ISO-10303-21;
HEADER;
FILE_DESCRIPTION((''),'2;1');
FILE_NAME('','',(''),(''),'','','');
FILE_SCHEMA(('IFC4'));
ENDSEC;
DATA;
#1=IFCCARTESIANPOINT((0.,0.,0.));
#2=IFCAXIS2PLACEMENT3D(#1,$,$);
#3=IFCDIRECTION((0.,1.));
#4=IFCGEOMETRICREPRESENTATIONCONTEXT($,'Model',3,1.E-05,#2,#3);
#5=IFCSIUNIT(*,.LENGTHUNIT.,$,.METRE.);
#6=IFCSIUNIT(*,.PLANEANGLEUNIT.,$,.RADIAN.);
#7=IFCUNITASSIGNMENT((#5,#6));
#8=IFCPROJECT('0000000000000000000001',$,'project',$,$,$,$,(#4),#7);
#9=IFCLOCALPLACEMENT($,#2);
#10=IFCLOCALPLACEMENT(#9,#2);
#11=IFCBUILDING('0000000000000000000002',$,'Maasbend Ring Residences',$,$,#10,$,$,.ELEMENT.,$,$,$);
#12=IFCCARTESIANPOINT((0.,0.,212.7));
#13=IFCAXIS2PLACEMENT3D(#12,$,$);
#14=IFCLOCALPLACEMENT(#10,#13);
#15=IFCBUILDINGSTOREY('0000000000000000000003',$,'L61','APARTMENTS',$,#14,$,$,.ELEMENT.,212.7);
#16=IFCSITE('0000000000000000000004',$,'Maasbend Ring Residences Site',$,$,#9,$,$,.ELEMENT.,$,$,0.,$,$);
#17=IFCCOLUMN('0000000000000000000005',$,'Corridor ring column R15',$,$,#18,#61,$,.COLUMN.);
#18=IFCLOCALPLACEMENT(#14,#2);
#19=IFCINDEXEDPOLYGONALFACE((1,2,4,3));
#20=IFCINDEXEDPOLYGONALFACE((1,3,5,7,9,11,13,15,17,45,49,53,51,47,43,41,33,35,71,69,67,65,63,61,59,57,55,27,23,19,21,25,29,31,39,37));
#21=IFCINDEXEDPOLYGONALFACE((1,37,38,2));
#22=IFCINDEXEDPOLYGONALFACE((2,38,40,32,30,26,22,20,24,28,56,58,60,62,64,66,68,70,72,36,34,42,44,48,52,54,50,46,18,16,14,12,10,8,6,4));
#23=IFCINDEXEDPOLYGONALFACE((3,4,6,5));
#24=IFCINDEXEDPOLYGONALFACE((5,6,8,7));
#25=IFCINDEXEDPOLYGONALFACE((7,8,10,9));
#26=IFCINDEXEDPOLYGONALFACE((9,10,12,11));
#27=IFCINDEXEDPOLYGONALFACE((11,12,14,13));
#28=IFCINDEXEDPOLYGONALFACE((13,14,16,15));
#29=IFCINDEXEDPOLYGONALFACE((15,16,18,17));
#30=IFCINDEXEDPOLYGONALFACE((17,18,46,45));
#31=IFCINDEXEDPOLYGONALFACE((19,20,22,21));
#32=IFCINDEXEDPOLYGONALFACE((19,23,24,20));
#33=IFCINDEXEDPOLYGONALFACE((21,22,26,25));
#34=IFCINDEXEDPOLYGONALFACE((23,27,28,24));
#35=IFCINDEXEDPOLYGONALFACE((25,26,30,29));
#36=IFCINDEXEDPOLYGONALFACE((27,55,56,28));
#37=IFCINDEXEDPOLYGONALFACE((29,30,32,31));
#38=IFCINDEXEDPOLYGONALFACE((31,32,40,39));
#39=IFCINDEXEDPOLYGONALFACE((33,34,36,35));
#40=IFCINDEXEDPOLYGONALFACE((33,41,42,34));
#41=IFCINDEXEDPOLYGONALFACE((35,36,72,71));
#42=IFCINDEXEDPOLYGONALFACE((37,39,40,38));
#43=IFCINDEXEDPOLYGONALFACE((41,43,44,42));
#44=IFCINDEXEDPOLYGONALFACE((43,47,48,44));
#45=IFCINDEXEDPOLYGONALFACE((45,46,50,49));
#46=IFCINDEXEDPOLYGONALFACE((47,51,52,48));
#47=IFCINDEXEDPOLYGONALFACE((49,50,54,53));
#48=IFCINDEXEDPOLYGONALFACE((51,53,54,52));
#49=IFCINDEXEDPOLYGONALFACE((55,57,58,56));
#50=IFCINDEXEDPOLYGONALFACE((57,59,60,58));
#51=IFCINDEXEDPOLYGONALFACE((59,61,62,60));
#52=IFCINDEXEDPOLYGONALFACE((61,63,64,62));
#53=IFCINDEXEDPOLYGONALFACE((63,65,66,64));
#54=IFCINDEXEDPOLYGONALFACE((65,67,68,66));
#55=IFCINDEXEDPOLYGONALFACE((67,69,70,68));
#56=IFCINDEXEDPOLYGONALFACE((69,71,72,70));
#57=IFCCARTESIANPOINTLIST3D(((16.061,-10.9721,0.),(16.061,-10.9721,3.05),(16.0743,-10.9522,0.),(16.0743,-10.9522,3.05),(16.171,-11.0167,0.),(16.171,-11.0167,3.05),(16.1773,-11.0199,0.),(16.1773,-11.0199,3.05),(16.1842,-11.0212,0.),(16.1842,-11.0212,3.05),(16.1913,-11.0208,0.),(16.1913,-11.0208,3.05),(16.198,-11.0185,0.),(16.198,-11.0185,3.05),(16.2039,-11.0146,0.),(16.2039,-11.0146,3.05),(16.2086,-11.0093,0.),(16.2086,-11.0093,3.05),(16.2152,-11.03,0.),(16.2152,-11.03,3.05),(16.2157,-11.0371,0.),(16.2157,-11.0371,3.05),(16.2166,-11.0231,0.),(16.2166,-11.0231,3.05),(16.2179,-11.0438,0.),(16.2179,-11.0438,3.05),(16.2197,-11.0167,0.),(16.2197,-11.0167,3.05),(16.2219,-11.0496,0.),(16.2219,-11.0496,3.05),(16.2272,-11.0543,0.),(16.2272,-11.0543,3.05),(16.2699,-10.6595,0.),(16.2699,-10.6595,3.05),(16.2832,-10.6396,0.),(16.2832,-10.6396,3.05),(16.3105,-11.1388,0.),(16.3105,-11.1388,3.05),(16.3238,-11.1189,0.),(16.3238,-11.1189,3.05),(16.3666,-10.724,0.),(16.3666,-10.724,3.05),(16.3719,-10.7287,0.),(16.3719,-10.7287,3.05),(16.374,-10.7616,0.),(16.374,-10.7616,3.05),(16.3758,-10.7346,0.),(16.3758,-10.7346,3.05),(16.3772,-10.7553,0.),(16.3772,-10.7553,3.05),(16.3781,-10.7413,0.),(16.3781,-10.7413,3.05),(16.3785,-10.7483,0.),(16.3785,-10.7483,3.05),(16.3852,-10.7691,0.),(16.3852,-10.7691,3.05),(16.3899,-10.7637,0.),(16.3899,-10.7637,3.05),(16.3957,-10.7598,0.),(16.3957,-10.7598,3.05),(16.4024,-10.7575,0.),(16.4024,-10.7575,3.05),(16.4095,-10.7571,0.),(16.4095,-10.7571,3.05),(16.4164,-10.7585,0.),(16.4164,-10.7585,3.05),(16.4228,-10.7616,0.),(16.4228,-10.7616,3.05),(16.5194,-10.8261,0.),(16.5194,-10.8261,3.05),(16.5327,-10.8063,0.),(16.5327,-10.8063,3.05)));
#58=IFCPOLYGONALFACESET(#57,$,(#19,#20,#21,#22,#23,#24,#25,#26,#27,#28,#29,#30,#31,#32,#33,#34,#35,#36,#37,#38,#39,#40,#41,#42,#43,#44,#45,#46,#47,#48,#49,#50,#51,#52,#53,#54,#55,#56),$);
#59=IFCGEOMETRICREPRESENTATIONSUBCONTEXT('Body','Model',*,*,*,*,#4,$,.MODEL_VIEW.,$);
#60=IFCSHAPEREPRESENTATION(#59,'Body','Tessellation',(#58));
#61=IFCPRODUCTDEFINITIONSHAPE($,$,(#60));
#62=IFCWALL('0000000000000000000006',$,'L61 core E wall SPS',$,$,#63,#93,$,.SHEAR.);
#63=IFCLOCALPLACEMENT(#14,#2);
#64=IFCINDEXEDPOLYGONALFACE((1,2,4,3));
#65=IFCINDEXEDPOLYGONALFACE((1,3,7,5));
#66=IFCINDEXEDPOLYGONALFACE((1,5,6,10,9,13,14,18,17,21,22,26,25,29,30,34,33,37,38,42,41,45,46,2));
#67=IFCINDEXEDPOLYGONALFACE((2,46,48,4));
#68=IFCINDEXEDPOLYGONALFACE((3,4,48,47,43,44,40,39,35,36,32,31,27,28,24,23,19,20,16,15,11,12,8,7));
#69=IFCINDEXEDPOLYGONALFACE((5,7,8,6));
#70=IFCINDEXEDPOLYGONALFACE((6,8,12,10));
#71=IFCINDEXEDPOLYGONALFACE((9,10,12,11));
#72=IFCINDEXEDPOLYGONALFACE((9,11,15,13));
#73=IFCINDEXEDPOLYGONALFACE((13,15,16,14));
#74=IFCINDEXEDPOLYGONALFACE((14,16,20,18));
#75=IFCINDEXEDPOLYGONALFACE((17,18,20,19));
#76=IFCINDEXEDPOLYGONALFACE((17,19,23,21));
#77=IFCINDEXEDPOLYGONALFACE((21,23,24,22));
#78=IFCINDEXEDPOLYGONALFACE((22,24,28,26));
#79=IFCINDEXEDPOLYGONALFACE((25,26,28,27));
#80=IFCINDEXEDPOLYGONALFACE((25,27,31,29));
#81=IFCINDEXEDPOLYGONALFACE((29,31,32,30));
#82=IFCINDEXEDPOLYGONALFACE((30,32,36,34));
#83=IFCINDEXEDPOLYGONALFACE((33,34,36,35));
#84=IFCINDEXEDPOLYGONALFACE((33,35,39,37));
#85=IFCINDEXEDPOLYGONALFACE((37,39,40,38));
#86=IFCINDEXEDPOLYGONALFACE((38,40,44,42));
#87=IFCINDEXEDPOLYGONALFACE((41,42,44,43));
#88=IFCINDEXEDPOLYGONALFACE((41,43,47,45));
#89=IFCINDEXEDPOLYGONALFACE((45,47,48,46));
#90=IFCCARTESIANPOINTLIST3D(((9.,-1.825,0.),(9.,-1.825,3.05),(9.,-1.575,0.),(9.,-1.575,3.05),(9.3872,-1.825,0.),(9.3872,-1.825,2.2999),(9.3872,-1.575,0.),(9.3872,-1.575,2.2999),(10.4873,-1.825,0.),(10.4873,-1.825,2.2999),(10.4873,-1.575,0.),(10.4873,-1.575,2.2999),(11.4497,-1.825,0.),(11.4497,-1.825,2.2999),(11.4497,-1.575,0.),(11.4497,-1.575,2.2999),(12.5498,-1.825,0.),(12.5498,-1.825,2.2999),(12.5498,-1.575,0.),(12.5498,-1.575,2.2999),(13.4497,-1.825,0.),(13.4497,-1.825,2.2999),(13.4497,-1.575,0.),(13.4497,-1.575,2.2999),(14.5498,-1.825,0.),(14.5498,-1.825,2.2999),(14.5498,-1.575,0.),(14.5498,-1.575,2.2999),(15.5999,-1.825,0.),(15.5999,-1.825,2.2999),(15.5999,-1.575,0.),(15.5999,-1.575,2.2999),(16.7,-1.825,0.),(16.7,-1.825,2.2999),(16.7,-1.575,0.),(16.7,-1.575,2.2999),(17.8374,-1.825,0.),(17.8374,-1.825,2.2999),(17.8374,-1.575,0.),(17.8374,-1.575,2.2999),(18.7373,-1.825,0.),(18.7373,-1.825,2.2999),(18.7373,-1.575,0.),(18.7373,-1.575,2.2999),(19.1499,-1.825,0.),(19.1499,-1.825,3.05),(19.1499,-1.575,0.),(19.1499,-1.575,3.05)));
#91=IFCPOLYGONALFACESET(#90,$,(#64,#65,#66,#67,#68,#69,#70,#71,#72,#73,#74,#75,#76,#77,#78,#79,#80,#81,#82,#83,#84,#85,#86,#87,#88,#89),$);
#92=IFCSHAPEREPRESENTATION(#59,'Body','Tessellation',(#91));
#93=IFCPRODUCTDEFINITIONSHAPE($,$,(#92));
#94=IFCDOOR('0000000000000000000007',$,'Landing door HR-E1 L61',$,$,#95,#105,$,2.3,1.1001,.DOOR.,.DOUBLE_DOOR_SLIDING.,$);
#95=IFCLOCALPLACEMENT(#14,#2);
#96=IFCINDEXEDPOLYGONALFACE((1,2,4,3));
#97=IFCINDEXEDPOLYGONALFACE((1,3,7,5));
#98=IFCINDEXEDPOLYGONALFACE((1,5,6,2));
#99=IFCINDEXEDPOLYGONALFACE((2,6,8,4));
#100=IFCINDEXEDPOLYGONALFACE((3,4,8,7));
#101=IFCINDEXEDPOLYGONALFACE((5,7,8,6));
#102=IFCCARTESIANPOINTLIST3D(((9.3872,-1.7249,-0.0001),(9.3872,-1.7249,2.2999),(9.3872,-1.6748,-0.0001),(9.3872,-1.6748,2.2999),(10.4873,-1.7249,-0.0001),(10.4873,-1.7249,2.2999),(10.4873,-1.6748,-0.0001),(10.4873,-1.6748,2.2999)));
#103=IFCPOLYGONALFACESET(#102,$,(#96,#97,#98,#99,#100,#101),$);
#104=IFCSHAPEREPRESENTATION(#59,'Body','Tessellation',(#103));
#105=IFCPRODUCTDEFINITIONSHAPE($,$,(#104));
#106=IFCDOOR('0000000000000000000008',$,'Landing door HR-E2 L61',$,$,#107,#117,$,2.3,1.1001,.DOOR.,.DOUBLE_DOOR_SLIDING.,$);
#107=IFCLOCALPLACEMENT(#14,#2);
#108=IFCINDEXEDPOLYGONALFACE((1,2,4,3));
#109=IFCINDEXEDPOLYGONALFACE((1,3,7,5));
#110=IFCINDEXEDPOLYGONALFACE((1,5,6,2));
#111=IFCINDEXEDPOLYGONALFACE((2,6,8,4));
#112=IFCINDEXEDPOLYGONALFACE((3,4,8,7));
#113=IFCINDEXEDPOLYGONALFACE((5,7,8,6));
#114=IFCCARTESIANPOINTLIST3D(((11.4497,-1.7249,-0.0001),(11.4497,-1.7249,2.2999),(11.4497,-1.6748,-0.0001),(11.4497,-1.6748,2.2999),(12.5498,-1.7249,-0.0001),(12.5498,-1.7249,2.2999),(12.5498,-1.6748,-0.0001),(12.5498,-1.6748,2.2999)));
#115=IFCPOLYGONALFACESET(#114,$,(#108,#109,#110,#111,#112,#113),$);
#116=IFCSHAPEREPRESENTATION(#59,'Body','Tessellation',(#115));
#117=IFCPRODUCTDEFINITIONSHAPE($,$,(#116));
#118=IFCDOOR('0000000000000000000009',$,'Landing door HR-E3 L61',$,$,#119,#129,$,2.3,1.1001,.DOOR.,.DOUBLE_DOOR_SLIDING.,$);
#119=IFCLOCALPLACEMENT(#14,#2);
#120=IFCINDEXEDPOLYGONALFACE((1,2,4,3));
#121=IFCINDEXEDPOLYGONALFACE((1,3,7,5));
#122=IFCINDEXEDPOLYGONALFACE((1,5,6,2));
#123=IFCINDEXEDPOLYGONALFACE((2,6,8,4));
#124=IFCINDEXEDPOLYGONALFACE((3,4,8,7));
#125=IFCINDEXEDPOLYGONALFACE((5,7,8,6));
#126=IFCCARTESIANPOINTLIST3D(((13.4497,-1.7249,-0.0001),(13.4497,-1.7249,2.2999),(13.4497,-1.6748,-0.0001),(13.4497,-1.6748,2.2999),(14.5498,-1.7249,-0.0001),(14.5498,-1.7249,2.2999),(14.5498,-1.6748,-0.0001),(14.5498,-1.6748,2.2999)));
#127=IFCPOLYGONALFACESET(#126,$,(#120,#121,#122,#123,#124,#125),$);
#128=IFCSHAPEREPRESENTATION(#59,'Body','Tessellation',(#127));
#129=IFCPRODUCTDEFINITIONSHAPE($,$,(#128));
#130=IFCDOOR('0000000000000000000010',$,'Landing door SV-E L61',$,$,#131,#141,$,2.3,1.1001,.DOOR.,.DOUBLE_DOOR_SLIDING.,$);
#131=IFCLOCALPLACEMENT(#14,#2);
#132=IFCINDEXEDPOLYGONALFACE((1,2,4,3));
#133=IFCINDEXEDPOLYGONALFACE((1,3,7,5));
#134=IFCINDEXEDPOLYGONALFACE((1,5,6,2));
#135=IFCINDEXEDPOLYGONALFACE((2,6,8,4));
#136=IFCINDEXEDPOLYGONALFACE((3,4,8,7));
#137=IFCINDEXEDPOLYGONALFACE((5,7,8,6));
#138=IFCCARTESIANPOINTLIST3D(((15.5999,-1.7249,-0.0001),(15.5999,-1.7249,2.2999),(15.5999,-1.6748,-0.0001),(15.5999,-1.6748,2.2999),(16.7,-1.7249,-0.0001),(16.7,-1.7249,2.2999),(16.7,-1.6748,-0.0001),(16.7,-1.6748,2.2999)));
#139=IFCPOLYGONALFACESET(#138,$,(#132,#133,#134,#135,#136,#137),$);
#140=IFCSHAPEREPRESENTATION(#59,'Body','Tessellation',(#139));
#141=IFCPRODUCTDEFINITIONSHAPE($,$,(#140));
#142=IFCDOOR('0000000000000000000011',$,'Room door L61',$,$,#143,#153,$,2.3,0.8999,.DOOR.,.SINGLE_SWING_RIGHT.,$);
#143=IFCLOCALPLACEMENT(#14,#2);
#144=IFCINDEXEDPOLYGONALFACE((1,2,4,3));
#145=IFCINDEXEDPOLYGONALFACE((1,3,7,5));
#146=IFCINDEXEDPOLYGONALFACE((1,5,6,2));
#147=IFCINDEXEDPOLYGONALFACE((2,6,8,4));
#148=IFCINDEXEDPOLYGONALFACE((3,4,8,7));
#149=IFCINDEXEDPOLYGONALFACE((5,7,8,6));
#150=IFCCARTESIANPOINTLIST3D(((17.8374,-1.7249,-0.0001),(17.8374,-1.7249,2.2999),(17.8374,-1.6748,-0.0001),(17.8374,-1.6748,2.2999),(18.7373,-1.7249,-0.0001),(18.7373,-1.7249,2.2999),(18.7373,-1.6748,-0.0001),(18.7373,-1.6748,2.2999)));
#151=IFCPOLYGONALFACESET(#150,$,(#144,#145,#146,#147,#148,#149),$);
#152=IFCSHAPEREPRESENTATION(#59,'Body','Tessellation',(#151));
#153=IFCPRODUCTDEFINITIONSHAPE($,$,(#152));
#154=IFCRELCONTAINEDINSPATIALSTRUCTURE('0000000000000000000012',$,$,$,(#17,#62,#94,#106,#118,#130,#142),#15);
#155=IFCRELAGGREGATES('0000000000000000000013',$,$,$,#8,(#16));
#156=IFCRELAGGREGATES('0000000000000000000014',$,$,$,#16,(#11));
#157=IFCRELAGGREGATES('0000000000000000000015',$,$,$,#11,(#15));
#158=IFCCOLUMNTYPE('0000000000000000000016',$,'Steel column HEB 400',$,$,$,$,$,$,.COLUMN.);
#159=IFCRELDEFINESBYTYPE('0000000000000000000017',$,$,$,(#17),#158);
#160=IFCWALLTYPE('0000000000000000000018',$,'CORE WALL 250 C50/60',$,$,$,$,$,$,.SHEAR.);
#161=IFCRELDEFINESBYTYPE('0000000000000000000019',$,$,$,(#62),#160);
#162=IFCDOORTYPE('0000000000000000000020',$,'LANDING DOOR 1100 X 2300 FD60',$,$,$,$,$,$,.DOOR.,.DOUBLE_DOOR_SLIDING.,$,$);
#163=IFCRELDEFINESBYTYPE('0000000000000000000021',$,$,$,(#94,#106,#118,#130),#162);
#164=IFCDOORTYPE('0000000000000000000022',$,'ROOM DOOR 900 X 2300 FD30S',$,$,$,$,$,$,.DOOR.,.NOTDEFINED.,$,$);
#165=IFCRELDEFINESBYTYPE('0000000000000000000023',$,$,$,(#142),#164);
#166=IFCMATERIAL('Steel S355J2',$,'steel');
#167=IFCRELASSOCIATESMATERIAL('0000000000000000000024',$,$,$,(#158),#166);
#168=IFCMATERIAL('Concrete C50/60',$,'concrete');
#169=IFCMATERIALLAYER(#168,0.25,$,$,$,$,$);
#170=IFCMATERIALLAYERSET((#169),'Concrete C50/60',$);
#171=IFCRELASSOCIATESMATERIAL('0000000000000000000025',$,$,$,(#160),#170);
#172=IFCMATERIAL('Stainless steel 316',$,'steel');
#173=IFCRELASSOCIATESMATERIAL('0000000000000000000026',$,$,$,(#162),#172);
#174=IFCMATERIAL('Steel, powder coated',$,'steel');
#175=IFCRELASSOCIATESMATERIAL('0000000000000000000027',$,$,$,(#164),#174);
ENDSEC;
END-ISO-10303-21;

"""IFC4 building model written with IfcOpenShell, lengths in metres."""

from ifc_helpers import new_model, si_unit, direction, frame, frame_2d, origin, origin_2d, place, context, subcontext, project, spatial, rectangle, i_section, extrude, material, layer, layer_set, material_profile, profile_set, type_object, element, fill, save


model = new_model("IFC4")

# Units and contexts
model_context = context("Model", 3, precision=1e-05, world=origin(), true_north=direction((0.0, 1.0)))
body_context = subcontext(model_context, "Body", "Model", "MODEL_VIEW")
ifc_project = project(units=[si_unit("LENGTHUNIT", "METRE"), si_unit("PLANEANGLEUNIT", "RADIAN")], contexts=[model_context])

# Site, building, storey
site_placement = place(None, origin())
site = spatial("IfcSite", under=ifc_project, at=site_placement, Name="Maasbend Ring Residences Site", CompositionType="ELEMENT", RefElevation=0.0)
building_placement = place(site_placement, origin())
building = spatial("IfcBuilding", under=site, at=building_placement, Name="Maasbend Ring Residences", CompositionType="ELEMENT")
storey_placement = place(building_placement, frame((0.0, 0.0, 212.7)))
storey = spatial("IfcBuildingStorey", under=building, at=storey_placement, Name="L61", Description="APARTMENTS", CompositionType="ELEMENT", Elevation=212.7)

# Column
ifc_material_1 = material(Name="Steel S355J2", Category="steel")
ifc_material_profile = material_profile(ifc_material_1, i_section(OverallWidth=0.3, OverallDepth=0.3999, WebThickness=0.0134, FlangeThickness=0.0239, FilletRadius=0.0271, at=origin_2d()), Name="HEB 400")
ifc_profile_set = profile_set([ifc_material_profile], Name="Steel S355J2")
column_type = type_object("IfcColumnType", Name="Steel column HEB 400", PredefinedType="COLUMN", material=ifc_profile_set)
column_placement = place(storey_placement, frame((16.2969, -10.8892, 0.0), z_axis=(0.0, 0.0, 1.0), x_axis=(0.83147, -0.55557, 0.0)))
element("IfcColumn", 1, at=column_placement, inside=storey, type_object=column_type, Name="Corridor ring column R15", PredefinedType="COLUMN", context=body_context, shape_type="SweptSolid", body=[
    extrude(i_section(OverallWidth=0.3, OverallDepth=0.3999, WebThickness=0.0134, FlangeThickness=0.0239, FilletRadius=0.0271, at=origin_2d()), origin(), (0.0, 0.0, 1.0), 3.05),
])

# Wall, openings, doors
ifc_material_2 = material(Name="Concrete C50/60", Category="concrete")
ifc_layer_1 = layer(ifc_material_2, 0.25)
ifc_layer_set_1 = layer_set([ifc_layer_1], Name="Concrete C50/60")
wall_type_1 = type_object("IfcWallType", Name="CORE WALL 250 C50/60", PredefinedType="SHEAR", material=ifc_layer_set_1)
wall_1_placement = place(storey_placement, frame((19.1499, -1.7, 0.0), z_axis=(0.0, 0.0, 1.0), x_axis=(-1.0, 0.0, 0.0)))
wall_1 = element("IfcWall", 2, at=wall_1_placement, inside=storey, type_object=wall_type_1, Name="L61 core E wall SPS", PredefinedType="SHEAR", context=body_context, shape_type="SweptSolid", body=[
    extrude(rectangle(XDim=10.1499, YDim=0.25, at=frame_2d((5.075, 0.0))), origin(), (0.0, 0.0, 1.0), 3.05),
])
opening_1_placement = place(wall_1_placement, frame((8.6626, 0.0, 0.0)))
opening_1 = element("IfcOpeningElement", 3, at=opening_1_placement, cuts=wall_1, PredefinedType="OPENING", context=body_context, shape_type="SweptSolid", body=[
    extrude(rectangle(XDim=1.1001, YDim=2.3, at=frame_2d((0.55, 1.1499))), frame((0.0, 0.135, 0.0), z_axis=(0.0, -1.0, 0.0), x_axis=(1.0, 0.0, 0.0)), (0.0, 0.0, 1.0), 0.27),
])
opening_2_placement = place(wall_1_placement, frame((6.6001, 0.0, 0.0)))
opening_2 = element("IfcOpeningElement", 4, at=opening_2_placement, cuts=wall_1, PredefinedType="OPENING", context=body_context, shape_type="SweptSolid", body=[
    extrude(rectangle(XDim=1.1001, YDim=2.3, at=frame_2d((0.55, 1.1499))), frame((0.0, 0.135, 0.0), z_axis=(0.0, -1.0, 0.0), x_axis=(1.0, 0.0, 0.0)), (0.0, 0.0, 1.0), 0.27),
])
opening_3_placement = place(wall_1_placement, frame((4.6001, 0.0, 0.0)))
opening_3 = element("IfcOpeningElement", 5, at=opening_3_placement, cuts=wall_1, PredefinedType="OPENING", context=body_context, shape_type="SweptSolid", body=[
    extrude(rectangle(XDim=1.1001, YDim=2.3, at=frame_2d((0.55, 1.1499))), frame((0.0, 0.135, 0.0), z_axis=(0.0, -1.0, 0.0), x_axis=(1.0, 0.0, 0.0)), (0.0, 0.0, 1.0), 0.27),
])
opening_4_placement = place(wall_1_placement, frame((2.45, 0.0, 0.0)))
opening_4 = element("IfcOpeningElement", 6, at=opening_4_placement, cuts=wall_1, PredefinedType="OPENING", context=body_context, shape_type="SweptSolid", body=[
    extrude(rectangle(XDim=1.1001, YDim=2.3, at=frame_2d((0.55, 1.1499))), frame((0.0, 0.135, 0.0), z_axis=(0.0, -1.0, 0.0), x_axis=(1.0, 0.0, 0.0)), (0.0, 0.0, 1.0), 0.27),
])
opening_5_placement = place(wall_1_placement, frame((0.4126, 0.0, 0.0)))
opening_5 = element("IfcOpeningElement", 7, at=opening_5_placement, cuts=wall_1, PredefinedType="OPENING", context=body_context, shape_type="SweptSolid", body=[
    extrude(rectangle(XDim=0.8999, YDim=2.3, at=frame_2d((0.45, 1.1499))), frame((0.0, 0.135, 0.0), z_axis=(0.0, -1.0, 0.0), x_axis=(1.0, 0.0, 0.0)), (0.0, 0.0, 1.0), 0.27),
])
ifc_material_3 = material(Name="Stainless steel 316", Category="steel")
door_type_1 = type_object("IfcDoorType", Name="LANDING DOOR 1100 X 2300 FD60", OperationType="DOUBLE_DOOR_SLIDING", PredefinedType="DOOR", material=ifc_material_3)
door_1_placement = place(opening_1_placement, origin())
door_1 = element("IfcDoor", 8, at=door_1_placement, inside=storey, type_object=door_type_1, Name="Landing door HR-E1 L61", OperationType="DOUBLE_DOOR_SLIDING", OverallHeight=2.3, OverallWidth=1.1001, PredefinedType="DOOR", context=body_context, shape_type="SweptSolid", body=[
    extrude(rectangle(XDim=1.1001, YDim=2.3, at=frame_2d((0.55, 1.1499))), frame((0.0, 0.0249, 0.0), z_axis=(0.0, -1.0, 0.0), x_axis=(1.0, 0.0, 0.0)), (0.0, 0.0, 1.0), 0.05),
])
fill(opening_1, door_1)
door_2_placement = place(opening_2_placement, origin())
door_2 = element("IfcDoor", 9, at=door_2_placement, inside=storey, type_object=door_type_1, Name="Landing door HR-E2 L61", OperationType="DOUBLE_DOOR_SLIDING", OverallHeight=2.3, OverallWidth=1.1001, PredefinedType="DOOR", context=body_context, shape_type="SweptSolid", body=[
    extrude(rectangle(XDim=1.1001, YDim=2.3, at=frame_2d((0.55, 1.1499))), frame((0.0, 0.0249, 0.0), z_axis=(0.0, -1.0, 0.0), x_axis=(1.0, 0.0, 0.0)), (0.0, 0.0, 1.0), 0.05),
])
fill(opening_2, door_2)
door_3_placement = place(opening_3_placement, origin())
door_3 = element("IfcDoor", 10, at=door_3_placement, inside=storey, type_object=door_type_1, Name="Landing door HR-E3 L61", OperationType="DOUBLE_DOOR_SLIDING", OverallHeight=2.3, OverallWidth=1.1001, PredefinedType="DOOR", context=body_context, shape_type="SweptSolid", body=[
    extrude(rectangle(XDim=1.1001, YDim=2.3, at=frame_2d((0.55, 1.1499))), frame((0.0, 0.0249, 0.0), z_axis=(0.0, -1.0, 0.0), x_axis=(1.0, 0.0, 0.0)), (0.0, 0.0, 1.0), 0.05),
])
fill(opening_3, door_3)
door_4_placement = place(opening_4_placement, origin())
door_4 = element("IfcDoor", 11, at=door_4_placement, inside=storey, type_object=door_type_1, Name="Landing door SV-E L61", OperationType="DOUBLE_DOOR_SLIDING", OverallHeight=2.3, OverallWidth=1.1001, PredefinedType="DOOR", context=body_context, shape_type="SweptSolid", body=[
    extrude(rectangle(XDim=1.1001, YDim=2.3, at=frame_2d((0.55, 1.1499))), frame((0.0, 0.0249, 0.0), z_axis=(0.0, -1.0, 0.0), x_axis=(1.0, 0.0, 0.0)), (0.0, 0.0, 1.0), 0.05),
])
fill(opening_4, door_4)
ifc_material_4 = material(Name="Steel, powder coated", Category="steel")
door_type_2 = type_object("IfcDoorType", Name="ROOM DOOR 900 X 2300 FD30S", OperationType="NOTDEFINED", PredefinedType="DOOR", material=ifc_material_4)
door_5_placement = place(opening_5_placement, origin())
door_5 = element("IfcDoor", 12, at=door_5_placement, inside=storey, type_object=door_type_2, Name="Room door L61", OperationType="SINGLE_SWING_RIGHT", OverallHeight=2.3, OverallWidth=0.8999, PredefinedType="DOOR", context=body_context, shape_type="SweptSolid", body=[
    extrude(rectangle(XDim=0.8999, YDim=2.3, at=frame_2d((0.45, 1.1499))), frame((0.0, 0.0249, 0.0), z_axis=(0.0, -1.0, 0.0), x_axis=(1.0, 0.0, 0.0)), (0.0, 0.0, 1.0), 0.05),
])
fill(opening_5, door_5)

save(model, "model.ifc")
